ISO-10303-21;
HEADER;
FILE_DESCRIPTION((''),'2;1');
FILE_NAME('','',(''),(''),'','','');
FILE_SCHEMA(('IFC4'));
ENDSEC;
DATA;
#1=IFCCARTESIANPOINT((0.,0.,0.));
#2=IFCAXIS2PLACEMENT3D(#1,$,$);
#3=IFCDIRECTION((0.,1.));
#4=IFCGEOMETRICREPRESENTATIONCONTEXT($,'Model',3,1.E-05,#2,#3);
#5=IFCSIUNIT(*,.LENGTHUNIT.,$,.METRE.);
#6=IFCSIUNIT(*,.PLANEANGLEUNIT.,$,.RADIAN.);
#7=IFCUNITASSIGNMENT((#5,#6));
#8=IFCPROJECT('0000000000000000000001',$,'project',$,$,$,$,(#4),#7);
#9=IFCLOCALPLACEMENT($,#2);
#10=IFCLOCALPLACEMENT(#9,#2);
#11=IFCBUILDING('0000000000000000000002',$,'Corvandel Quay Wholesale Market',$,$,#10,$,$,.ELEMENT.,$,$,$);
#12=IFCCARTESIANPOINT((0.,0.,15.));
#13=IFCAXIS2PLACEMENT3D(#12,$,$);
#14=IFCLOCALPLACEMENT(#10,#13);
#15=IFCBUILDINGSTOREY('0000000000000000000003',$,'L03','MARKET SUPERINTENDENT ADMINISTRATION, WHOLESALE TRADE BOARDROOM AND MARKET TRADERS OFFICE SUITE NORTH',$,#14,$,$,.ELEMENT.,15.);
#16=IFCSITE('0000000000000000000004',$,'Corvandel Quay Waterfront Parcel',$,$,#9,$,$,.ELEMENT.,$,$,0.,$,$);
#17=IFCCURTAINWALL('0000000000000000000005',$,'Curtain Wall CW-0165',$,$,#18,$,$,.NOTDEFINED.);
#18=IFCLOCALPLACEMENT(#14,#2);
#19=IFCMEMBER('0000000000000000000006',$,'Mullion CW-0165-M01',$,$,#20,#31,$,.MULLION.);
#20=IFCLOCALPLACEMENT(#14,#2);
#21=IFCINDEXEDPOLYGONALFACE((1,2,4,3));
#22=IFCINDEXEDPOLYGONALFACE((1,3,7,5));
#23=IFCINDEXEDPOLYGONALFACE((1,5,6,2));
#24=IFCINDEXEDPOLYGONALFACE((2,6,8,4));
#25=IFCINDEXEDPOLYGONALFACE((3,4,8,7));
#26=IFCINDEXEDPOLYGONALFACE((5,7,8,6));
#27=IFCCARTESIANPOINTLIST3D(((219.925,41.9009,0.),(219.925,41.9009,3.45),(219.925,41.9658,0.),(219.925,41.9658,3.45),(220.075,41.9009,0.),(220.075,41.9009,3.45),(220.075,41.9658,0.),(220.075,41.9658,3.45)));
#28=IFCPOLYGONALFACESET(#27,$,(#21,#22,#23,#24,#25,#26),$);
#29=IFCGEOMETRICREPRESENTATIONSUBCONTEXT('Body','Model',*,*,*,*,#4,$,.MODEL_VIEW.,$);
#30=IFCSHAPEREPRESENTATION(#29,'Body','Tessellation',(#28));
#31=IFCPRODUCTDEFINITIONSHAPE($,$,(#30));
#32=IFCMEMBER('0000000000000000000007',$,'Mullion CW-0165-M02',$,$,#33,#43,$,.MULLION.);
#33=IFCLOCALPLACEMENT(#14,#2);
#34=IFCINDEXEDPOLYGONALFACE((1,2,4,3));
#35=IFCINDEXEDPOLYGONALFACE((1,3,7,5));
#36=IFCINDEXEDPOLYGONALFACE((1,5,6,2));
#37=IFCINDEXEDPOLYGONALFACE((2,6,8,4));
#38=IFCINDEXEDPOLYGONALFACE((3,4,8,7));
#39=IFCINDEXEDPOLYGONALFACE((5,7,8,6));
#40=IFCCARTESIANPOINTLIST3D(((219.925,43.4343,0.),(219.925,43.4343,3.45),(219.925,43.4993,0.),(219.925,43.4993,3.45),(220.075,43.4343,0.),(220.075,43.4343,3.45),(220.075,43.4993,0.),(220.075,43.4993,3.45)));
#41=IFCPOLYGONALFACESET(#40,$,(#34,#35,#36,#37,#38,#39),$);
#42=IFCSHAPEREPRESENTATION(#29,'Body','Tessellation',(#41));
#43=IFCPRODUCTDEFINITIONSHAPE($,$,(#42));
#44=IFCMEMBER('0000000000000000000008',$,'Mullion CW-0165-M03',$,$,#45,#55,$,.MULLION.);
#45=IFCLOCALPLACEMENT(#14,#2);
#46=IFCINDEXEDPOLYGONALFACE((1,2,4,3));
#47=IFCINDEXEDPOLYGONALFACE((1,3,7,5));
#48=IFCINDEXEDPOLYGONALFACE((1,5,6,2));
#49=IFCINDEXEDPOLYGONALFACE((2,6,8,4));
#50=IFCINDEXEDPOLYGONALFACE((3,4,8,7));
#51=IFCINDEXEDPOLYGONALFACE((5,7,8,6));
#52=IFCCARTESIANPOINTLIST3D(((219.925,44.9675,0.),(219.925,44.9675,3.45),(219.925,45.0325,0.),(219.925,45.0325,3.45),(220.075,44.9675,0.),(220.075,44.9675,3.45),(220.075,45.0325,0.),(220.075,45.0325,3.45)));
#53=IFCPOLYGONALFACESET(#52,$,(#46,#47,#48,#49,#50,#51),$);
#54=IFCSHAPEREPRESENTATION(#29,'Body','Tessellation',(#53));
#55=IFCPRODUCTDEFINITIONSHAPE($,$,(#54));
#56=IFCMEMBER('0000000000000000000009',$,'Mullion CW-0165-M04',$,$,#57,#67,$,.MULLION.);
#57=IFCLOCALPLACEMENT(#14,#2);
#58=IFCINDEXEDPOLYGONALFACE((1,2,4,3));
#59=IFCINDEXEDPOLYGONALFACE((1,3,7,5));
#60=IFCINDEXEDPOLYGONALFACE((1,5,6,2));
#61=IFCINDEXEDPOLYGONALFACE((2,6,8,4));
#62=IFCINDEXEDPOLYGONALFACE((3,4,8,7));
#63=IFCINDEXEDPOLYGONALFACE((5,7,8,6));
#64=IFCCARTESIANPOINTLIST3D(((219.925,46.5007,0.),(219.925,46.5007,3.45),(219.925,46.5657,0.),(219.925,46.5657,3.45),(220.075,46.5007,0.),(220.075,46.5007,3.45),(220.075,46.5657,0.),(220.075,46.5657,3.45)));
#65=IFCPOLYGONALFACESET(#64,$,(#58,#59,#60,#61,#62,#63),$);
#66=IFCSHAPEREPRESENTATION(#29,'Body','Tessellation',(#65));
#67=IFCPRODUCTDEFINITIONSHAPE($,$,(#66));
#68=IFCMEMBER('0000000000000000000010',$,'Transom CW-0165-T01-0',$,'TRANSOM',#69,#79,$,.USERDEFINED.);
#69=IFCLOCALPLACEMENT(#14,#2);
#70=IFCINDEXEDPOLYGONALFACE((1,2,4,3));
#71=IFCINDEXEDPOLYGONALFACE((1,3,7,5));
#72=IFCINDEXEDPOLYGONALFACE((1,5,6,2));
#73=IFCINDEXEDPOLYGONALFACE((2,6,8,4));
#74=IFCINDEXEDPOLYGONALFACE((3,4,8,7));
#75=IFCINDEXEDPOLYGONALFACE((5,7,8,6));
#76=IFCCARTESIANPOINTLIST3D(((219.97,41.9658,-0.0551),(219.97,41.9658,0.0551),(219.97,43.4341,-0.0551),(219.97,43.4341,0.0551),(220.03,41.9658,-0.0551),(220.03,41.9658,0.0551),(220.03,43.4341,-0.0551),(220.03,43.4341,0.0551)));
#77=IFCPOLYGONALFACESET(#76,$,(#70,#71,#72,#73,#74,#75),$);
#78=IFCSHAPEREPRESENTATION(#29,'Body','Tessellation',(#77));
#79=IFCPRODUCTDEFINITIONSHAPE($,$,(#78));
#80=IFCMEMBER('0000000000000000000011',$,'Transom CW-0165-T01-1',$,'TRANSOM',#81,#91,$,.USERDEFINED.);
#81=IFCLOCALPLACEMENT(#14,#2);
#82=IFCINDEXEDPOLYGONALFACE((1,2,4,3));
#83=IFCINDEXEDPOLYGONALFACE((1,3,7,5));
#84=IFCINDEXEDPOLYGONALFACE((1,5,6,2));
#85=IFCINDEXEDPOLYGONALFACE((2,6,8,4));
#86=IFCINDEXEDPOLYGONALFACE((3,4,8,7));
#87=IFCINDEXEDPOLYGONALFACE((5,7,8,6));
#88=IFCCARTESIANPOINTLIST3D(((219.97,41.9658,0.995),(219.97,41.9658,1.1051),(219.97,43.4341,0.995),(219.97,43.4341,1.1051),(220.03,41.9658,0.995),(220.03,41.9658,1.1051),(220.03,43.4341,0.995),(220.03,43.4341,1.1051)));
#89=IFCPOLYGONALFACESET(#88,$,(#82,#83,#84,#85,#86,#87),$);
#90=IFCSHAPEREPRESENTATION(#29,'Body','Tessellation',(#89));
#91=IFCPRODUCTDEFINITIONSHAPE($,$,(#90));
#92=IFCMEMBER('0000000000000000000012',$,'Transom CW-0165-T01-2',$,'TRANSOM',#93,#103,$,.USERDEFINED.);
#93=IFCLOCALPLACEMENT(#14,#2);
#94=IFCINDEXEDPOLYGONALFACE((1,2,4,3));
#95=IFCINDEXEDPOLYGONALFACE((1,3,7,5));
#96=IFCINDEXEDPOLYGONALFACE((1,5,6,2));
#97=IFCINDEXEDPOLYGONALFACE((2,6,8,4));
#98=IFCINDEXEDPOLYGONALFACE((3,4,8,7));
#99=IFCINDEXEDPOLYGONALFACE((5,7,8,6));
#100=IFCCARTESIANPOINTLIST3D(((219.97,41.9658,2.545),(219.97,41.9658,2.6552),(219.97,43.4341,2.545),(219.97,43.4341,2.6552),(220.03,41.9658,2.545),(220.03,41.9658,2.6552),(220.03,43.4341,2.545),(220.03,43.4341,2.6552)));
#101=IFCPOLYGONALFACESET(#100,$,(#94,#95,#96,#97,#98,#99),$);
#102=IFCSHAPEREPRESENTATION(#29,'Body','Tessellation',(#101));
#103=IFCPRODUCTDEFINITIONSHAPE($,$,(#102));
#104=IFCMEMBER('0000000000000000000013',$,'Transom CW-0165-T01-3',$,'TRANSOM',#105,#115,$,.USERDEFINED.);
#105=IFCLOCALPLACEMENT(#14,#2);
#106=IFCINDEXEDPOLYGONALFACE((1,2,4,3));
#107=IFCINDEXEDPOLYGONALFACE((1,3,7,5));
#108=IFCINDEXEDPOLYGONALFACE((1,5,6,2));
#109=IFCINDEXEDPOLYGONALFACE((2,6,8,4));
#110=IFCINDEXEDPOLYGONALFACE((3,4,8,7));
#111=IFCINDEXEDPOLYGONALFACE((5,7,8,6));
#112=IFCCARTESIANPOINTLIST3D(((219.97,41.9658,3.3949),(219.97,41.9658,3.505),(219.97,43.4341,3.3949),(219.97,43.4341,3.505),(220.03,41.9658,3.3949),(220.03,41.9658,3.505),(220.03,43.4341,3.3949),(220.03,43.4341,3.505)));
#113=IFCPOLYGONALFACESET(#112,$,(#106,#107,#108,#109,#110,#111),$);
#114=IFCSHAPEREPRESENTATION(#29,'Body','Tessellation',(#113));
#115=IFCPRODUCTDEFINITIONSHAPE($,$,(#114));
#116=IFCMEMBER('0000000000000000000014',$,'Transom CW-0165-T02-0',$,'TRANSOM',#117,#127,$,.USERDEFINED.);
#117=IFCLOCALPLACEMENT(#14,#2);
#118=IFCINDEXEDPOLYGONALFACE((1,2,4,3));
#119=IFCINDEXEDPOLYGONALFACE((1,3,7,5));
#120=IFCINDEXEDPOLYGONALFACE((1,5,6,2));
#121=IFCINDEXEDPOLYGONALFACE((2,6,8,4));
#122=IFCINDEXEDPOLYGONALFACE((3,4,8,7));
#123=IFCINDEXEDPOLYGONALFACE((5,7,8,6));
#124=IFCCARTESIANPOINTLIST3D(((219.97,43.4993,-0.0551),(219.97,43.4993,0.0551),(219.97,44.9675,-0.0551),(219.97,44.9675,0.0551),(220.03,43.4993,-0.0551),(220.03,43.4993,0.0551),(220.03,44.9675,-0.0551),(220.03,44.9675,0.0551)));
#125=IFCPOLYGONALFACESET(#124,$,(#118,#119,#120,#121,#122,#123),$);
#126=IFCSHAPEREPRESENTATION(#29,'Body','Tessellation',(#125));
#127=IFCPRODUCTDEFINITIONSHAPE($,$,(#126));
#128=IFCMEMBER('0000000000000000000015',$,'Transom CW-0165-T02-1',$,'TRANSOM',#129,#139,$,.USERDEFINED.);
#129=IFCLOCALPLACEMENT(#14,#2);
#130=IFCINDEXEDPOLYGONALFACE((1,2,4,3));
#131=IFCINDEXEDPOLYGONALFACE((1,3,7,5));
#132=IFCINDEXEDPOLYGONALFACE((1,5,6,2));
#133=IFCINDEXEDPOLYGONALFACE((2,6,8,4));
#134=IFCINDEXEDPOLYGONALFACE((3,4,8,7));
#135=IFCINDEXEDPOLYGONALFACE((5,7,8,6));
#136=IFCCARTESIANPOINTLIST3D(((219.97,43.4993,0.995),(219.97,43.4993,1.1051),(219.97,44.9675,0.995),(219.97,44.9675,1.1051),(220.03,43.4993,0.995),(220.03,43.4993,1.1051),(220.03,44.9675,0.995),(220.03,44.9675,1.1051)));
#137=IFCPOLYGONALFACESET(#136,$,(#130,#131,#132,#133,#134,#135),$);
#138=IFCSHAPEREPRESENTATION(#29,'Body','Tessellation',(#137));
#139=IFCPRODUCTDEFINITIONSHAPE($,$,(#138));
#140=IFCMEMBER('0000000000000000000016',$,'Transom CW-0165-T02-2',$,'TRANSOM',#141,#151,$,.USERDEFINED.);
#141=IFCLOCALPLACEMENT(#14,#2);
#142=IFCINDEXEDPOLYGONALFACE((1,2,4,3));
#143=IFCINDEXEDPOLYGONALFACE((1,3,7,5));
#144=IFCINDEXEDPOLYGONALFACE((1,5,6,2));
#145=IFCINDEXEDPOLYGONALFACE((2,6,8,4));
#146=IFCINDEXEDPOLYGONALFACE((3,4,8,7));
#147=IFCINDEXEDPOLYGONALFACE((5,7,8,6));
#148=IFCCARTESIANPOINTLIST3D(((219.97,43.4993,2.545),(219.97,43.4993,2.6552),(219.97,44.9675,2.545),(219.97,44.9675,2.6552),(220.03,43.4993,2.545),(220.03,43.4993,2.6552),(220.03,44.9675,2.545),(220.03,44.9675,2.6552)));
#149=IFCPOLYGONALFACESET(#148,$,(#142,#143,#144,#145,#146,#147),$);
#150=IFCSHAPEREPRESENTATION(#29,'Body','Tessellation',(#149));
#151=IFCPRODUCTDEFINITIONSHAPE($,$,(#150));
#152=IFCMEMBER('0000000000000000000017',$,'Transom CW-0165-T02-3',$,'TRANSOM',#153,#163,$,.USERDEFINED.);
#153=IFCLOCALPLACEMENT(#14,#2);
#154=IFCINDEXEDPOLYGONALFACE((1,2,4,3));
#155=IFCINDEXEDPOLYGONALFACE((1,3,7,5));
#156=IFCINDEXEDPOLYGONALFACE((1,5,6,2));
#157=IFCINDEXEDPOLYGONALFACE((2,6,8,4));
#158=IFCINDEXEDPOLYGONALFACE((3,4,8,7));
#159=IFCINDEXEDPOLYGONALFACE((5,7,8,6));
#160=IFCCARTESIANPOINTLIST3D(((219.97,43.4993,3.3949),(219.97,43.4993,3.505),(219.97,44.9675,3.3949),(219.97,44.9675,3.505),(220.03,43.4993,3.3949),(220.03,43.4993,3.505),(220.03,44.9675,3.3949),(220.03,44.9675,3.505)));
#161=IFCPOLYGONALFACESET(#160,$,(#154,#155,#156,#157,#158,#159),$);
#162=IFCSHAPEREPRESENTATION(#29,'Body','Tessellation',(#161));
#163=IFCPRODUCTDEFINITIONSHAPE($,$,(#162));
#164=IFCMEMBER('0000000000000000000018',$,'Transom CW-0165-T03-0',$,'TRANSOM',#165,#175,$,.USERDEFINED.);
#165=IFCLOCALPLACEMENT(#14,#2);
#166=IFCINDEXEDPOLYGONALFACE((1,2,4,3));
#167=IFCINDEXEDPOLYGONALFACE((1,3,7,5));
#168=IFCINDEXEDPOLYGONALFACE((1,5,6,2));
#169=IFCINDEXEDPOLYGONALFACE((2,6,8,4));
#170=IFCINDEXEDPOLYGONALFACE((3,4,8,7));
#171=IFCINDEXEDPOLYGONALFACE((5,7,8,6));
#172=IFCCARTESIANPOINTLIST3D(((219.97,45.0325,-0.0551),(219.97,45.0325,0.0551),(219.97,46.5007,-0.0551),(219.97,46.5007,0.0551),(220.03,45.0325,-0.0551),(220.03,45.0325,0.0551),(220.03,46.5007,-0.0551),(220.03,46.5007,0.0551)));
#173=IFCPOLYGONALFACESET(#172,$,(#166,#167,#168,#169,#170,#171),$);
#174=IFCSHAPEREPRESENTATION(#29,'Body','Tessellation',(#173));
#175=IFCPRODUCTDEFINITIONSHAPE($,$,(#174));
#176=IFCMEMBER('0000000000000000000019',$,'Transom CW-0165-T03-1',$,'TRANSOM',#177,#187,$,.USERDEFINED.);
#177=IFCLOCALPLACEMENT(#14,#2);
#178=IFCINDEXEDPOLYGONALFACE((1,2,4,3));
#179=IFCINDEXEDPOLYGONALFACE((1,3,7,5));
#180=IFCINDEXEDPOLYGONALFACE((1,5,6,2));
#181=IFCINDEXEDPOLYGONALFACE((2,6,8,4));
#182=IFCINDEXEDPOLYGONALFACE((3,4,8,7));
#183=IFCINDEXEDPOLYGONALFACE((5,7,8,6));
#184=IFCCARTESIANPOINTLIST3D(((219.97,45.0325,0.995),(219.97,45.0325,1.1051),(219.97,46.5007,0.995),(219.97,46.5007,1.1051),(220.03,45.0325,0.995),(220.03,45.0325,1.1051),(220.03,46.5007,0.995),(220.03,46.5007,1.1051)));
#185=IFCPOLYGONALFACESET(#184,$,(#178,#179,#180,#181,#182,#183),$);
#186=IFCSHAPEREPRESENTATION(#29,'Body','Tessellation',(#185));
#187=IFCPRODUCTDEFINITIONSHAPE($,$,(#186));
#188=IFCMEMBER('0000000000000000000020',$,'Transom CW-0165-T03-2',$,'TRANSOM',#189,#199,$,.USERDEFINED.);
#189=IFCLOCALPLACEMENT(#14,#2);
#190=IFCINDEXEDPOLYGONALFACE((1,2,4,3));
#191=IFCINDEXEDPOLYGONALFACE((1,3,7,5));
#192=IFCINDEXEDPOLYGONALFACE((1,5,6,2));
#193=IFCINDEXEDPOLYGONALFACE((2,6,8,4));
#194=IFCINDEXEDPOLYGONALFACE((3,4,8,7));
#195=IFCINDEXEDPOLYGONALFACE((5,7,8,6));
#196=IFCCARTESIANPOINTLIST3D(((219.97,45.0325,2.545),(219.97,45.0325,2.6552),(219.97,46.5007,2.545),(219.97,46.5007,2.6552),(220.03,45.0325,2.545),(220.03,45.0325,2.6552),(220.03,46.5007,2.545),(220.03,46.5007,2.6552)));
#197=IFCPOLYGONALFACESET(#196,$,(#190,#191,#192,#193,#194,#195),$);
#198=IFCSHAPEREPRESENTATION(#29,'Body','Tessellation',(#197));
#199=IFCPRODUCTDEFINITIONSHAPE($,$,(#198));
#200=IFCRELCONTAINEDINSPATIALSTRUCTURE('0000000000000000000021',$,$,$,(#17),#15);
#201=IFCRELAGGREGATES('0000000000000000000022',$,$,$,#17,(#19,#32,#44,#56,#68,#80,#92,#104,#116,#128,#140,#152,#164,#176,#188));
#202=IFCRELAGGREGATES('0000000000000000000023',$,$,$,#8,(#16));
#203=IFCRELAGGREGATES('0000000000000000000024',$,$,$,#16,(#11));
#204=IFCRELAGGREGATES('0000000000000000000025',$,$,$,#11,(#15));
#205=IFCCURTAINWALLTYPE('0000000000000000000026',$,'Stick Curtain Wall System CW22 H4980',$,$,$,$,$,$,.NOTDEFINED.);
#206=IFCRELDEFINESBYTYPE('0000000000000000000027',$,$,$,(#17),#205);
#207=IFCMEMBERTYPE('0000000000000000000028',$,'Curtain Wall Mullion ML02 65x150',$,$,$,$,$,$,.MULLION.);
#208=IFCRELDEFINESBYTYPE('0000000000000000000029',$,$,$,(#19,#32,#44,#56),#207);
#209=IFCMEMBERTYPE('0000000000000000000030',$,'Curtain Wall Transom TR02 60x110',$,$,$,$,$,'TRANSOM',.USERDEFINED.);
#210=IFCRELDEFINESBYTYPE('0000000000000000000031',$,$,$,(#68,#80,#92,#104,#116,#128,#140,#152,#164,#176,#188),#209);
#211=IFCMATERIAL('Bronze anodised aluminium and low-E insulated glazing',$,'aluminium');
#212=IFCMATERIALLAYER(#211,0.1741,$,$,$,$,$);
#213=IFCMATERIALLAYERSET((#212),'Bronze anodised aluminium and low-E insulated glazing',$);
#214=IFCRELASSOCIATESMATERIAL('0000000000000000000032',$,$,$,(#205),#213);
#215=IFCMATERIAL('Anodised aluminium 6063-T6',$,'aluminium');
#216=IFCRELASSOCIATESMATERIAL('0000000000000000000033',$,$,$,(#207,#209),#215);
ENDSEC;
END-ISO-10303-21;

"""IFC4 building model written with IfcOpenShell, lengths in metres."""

from ifc_helpers import new_model, si_unit, direction, frame, origin, origin_2d, place, context, subcontext, project, spatial, rectangle, extrude, material, layer, layer_set, material_profile, profile_set, type_object, element, aggregate, save


model = new_model("IFC4")

# Units and contexts
model_context = context("Model", 3, precision=1e-05, world=origin(), true_north=direction((0.0, 1.0)))
body_context = subcontext(model_context, "Body", "Model", "MODEL_VIEW")
ifc_project = project(units=[si_unit("LENGTHUNIT", "METRE"), si_unit("PLANEANGLEUNIT", "RADIAN")], contexts=[model_context])

# Site, building, storey
site_placement = place(None, origin())
site = spatial("IfcSite", under=ifc_project, at=site_placement, Name="Corvandel Quay Waterfront Parcel", CompositionType="ELEMENT", RefElevation=0.0)
building_placement = place(site_placement, origin())
building = spatial("IfcBuilding", under=site, at=building_placement, Name="Corvandel Quay Wholesale Market", CompositionType="ELEMENT")
storey_placement = place(building_placement, frame((0.0, 0.0, 15.0)))
storey = spatial("IfcBuildingStorey", under=building, at=storey_placement, Name="L03", Description="MARKET SUPERINTENDENT ADMINISTRATION, WHOLESALE TRADE BOARDROOM AND MARKET TRADERS OFFICE SUITE NORTH", CompositionType="ELEMENT", Elevation=15.0)

# Curtain wall, members
ifc_material_1 = material(Name="Bronze anodised aluminium and low-E insulated glazing", Category="aluminium")
ifc_layer_1 = layer(ifc_material_1, 0.1741)
ifc_layer_set_1 = layer_set([ifc_layer_1], Name="Bronze anodised aluminium and low-E insulated glazing")
curtain_wall_type = type_object("IfcCurtainWallType", Name="Stick Curtain Wall System CW22 H4980", PredefinedType="NOTDEFINED", material=ifc_layer_set_1)
curtain_wall_placement = place(storey_placement, origin())
curtain_wall = element("IfcCurtainWall", 1, at=curtain_wall_placement, inside=storey, type_object=curtain_wall_type, Name="Curtain Wall CW-0165", PredefinedType="NOTDEFINED")
ifc_material_2 = material(Name="Anodised aluminium 6063-T6", Category="aluminium")
ifc_material_profile_1 = material_profile(ifc_material_2, rectangle(XDim=0.0649, YDim=0.1499, at=origin_2d()), Name="ALU-MUL-65x150")
ifc_profile_set_1 = profile_set([ifc_material_profile_1], Name="Anodised aluminium 6063-T6")
member_type_1 = type_object("IfcMemberType", Name="Curtain Wall Mullion ML02 65x150", PredefinedType="MULLION", material=ifc_profile_set_1)
member_1_placement = place(storey_placement, frame((220.0, 41.9333, 0.0), z_axis=(0.0, 0.0, 1.0), x_axis=(0.0, 1.0, 0.0)))
member_1 = element("IfcMember", 2, at=member_1_placement, type_object=member_type_1, Name="Mullion CW-0165-M01", PredefinedType="MULLION", context=body_context, shape_type="SweptSolid", body=[
    extrude(rectangle(XDim=0.0649, YDim=0.1499, at=origin_2d()), origin(), (0.0, 0.0, 1.0), 3.45),
])
member_2_placement = place(storey_placement, frame((220.0, 43.4668, 0.0), z_axis=(0.0, 0.0, 1.0), x_axis=(0.0, 1.0, 0.0)))
member_2 = element("IfcMember", 3, at=member_2_placement, type_object=member_type_1, Name="Mullion CW-0165-M02", PredefinedType="MULLION", context=body_context, shape_type="SweptSolid", body=[
    extrude(rectangle(XDim=0.0649, YDim=0.1499, at=origin_2d()), origin(), (0.0, 0.0, 1.0), 3.45),
])
member_3_placement = place(storey_placement, frame((220.0, 45.0, 0.0), z_axis=(0.0, 0.0, 1.0), x_axis=(0.0, 1.0, 0.0)))
member_3 = element("IfcMember", 4, at=member_3_placement, type_object=member_type_1, Name="Mullion CW-0165-M03", PredefinedType="MULLION", context=body_context, shape_type="SweptSolid", body=[
    extrude(rectangle(XDim=0.0649, YDim=0.1499, at=origin_2d()), origin(), (0.0, 0.0, 1.0), 3.45),
])
member_4_placement = place(storey_placement, frame((220.0, 46.5332, 0.0), z_axis=(0.0, 0.0, 1.0), x_axis=(0.0, 1.0, 0.0)))
member_4 = element("IfcMember", 5, at=member_4_placement, type_object=member_type_1, Name="Mullion CW-0165-M04", PredefinedType="MULLION", context=body_context, shape_type="SweptSolid", body=[
    extrude(rectangle(XDim=0.0649, YDim=0.1499, at=origin_2d()), origin(), (0.0, 0.0, 1.0), 3.45),
])
ifc_material_profile_2 = material_profile(ifc_material_2, rectangle(XDim=0.0601, YDim=0.1101, at=origin_2d()), Name="ALU-TRN-60x110")
ifc_profile_set_2 = profile_set([ifc_material_profile_2], Name="Anodised aluminium 6063-T6")
member_type_2 = type_object("IfcMemberType", Name="Curtain Wall Transom TR02 60x110", ElementType="TRANSOM", PredefinedType="USERDEFINED", material=ifc_profile_set_2)
member_5_placement = place(storey_placement, frame((220.0, 41.9658, 0.0), z_axis=(0.0, 1.0, 0.0), x_axis=(-1.0, 0.0, 0.0)))
member_5 = element("IfcMember", 6, at=member_5_placement, type_object=member_type_2, Name="Transom CW-0165-T01-0", ObjectType="TRANSOM", PredefinedType="USERDEFINED", context=body_context, shape_type="SweptSolid", body=[
    extrude(rectangle(XDim=0.0601, YDim=0.1101, at=origin_2d()), origin(), (0.0, 0.0, 1.0), 1.4683),
])
member_6_placement = place(storey_placement, frame((220.0, 41.9658, 1.05), z_axis=(0.0, 1.0, 0.0), x_axis=(-1.0, 0.0, 0.0)))
member_6 = element("IfcMember", 7, at=member_6_placement, type_object=member_type_2, Name="Transom CW-0165-T01-1", ObjectType="TRANSOM", PredefinedType="USERDEFINED", context=body_context, shape_type="SweptSolid", body=[
    extrude(rectangle(XDim=0.0601, YDim=0.1101, at=origin_2d()), origin(), (0.0, 0.0, 1.0), 1.4683),
])
member_7_placement = place(storey_placement, frame((220.0, 41.9658, 2.6001), z_axis=(0.0, 1.0, 0.0), x_axis=(-1.0, 0.0, 0.0)))
member_7 = element("IfcMember", 8, at=member_7_placement, type_object=member_type_2, Name="Transom CW-0165-T01-2", ObjectType="TRANSOM", PredefinedType="USERDEFINED", context=body_context, shape_type="SweptSolid", body=[
    extrude(rectangle(XDim=0.0601, YDim=0.1101, at=origin_2d()), origin(), (0.0, 0.0, 1.0), 1.4683),
])
member_8_placement = place(storey_placement, frame((220.0, 41.9658, 3.45), z_axis=(0.0, 1.0, 0.0), x_axis=(-1.0, 0.0, 0.0)))
member_8 = element("IfcMember", 9, at=member_8_placement, type_object=member_type_2, Name="Transom CW-0165-T01-3", ObjectType="TRANSOM", PredefinedType="USERDEFINED", context=body_context, shape_type="SweptSolid", body=[
    extrude(rectangle(XDim=0.0601, YDim=0.1101, at=origin_2d()), origin(), (0.0, 0.0, 1.0), 1.4683),
])
member_9_placement = place(storey_placement, frame((220.0, 43.4993, 0.0), z_axis=(0.0, 1.0, 0.0), x_axis=(-1.0, 0.0, 0.0)))
member_9 = element("IfcMember", 10, at=member_9_placement, type_object=member_type_2, Name="Transom CW-0165-T02-0", ObjectType="TRANSOM", PredefinedType="USERDEFINED", context=body_context, shape_type="SweptSolid", body=[
    extrude(rectangle(XDim=0.0601, YDim=0.1101, at=origin_2d()), origin(), (0.0, 0.0, 1.0), 1.4683),
])
member_10_placement = place(storey_placement, frame((220.0, 43.4993, 1.05), z_axis=(0.0, 1.0, 0.0), x_axis=(-1.0, 0.0, 0.0)))
member_10 = element("IfcMember", 11, at=member_10_placement, type_object=member_type_2, Name="Transom CW-0165-T02-1", ObjectType="TRANSOM", PredefinedType="USERDEFINED", context=body_context, shape_type="SweptSolid", body=[
    extrude(rectangle(XDim=0.0601, YDim=0.1101, at=origin_2d()), origin(), (0.0, 0.0, 1.0), 1.4683),
])
member_11_placement = place(storey_placement, frame((220.0, 43.4993, 2.6001), z_axis=(0.0, 1.0, 0.0), x_axis=(-1.0, 0.0, 0.0)))
member_11 = element("IfcMember", 12, at=member_11_placement, type_object=member_type_2, Name="Transom CW-0165-T02-2", ObjectType="TRANSOM", PredefinedType="USERDEFINED", context=body_context, shape_type="SweptSolid", body=[
    extrude(rectangle(XDim=0.0601, YDim=0.1101, at=origin_2d()), origin(), (0.0, 0.0, 1.0), 1.4683),
])
member_12_placement = place(storey_placement, frame((220.0, 43.4993, 3.45), z_axis=(0.0, 1.0, 0.0), x_axis=(-1.0, 0.0, 0.0)))
member_12 = element("IfcMember", 13, at=member_12_placement, type_object=member_type_2, Name="Transom CW-0165-T02-3", ObjectType="TRANSOM", PredefinedType="USERDEFINED", context=body_context, shape_type="SweptSolid", body=[
    extrude(rectangle(XDim=0.0601, YDim=0.1101, at=origin_2d()), origin(), (0.0, 0.0, 1.0), 1.4683),
])
member_13_placement = place(storey_placement, frame((220.0, 45.0325, 0.0), z_axis=(0.0, 1.0, 0.0), x_axis=(-1.0, 0.0, 0.0)))
member_13 = element("IfcMember", 14, at=member_13_placement, type_object=member_type_2, Name="Transom CW-0165-T03-0", ObjectType="TRANSOM", PredefinedType="USERDEFINED", context=body_context, shape_type="SweptSolid", body=[
    extrude(rectangle(XDim=0.0601, YDim=0.1101, at=origin_2d()), origin(), (0.0, 0.0, 1.0), 1.4683),
])
member_14_placement = place(storey_placement, frame((220.0, 45.0325, 1.05), z_axis=(0.0, 1.0, 0.0), x_axis=(-1.0, 0.0, 0.0)))
member_14 = element("IfcMember", 15, at=member_14_placement, type_object=member_type_2, Name="Transom CW-0165-T03-1", ObjectType="TRANSOM", PredefinedType="USERDEFINED", context=body_context, shape_type="SweptSolid", body=[
    extrude(rectangle(XDim=0.0601, YDim=0.1101, at=origin_2d()), origin(), (0.0, 0.0, 1.0), 1.4683),
])
member_15_placement = place(storey_placement, frame((220.0, 45.0325, 2.6001), z_axis=(0.0, 1.0, 0.0), x_axis=(-1.0, 0.0, 0.0)))
member_15 = element("IfcMember", 16, at=member_15_placement, type_object=member_type_2, Name="Transom CW-0165-T03-2", ObjectType="TRANSOM", PredefinedType="USERDEFINED", context=body_context, shape_type="SweptSolid", body=[
    extrude(rectangle(XDim=0.0601, YDim=0.1101, at=origin_2d()), origin(), (0.0, 0.0, 1.0), 1.4683),
])
aggregate(curtain_wall, [member_1, member_2, member_3, member_4, member_5, member_6, member_7, member_8, member_9, member_10, member_11, member_12, member_13, member_14, member_15])

save(model, "model.ifc")
